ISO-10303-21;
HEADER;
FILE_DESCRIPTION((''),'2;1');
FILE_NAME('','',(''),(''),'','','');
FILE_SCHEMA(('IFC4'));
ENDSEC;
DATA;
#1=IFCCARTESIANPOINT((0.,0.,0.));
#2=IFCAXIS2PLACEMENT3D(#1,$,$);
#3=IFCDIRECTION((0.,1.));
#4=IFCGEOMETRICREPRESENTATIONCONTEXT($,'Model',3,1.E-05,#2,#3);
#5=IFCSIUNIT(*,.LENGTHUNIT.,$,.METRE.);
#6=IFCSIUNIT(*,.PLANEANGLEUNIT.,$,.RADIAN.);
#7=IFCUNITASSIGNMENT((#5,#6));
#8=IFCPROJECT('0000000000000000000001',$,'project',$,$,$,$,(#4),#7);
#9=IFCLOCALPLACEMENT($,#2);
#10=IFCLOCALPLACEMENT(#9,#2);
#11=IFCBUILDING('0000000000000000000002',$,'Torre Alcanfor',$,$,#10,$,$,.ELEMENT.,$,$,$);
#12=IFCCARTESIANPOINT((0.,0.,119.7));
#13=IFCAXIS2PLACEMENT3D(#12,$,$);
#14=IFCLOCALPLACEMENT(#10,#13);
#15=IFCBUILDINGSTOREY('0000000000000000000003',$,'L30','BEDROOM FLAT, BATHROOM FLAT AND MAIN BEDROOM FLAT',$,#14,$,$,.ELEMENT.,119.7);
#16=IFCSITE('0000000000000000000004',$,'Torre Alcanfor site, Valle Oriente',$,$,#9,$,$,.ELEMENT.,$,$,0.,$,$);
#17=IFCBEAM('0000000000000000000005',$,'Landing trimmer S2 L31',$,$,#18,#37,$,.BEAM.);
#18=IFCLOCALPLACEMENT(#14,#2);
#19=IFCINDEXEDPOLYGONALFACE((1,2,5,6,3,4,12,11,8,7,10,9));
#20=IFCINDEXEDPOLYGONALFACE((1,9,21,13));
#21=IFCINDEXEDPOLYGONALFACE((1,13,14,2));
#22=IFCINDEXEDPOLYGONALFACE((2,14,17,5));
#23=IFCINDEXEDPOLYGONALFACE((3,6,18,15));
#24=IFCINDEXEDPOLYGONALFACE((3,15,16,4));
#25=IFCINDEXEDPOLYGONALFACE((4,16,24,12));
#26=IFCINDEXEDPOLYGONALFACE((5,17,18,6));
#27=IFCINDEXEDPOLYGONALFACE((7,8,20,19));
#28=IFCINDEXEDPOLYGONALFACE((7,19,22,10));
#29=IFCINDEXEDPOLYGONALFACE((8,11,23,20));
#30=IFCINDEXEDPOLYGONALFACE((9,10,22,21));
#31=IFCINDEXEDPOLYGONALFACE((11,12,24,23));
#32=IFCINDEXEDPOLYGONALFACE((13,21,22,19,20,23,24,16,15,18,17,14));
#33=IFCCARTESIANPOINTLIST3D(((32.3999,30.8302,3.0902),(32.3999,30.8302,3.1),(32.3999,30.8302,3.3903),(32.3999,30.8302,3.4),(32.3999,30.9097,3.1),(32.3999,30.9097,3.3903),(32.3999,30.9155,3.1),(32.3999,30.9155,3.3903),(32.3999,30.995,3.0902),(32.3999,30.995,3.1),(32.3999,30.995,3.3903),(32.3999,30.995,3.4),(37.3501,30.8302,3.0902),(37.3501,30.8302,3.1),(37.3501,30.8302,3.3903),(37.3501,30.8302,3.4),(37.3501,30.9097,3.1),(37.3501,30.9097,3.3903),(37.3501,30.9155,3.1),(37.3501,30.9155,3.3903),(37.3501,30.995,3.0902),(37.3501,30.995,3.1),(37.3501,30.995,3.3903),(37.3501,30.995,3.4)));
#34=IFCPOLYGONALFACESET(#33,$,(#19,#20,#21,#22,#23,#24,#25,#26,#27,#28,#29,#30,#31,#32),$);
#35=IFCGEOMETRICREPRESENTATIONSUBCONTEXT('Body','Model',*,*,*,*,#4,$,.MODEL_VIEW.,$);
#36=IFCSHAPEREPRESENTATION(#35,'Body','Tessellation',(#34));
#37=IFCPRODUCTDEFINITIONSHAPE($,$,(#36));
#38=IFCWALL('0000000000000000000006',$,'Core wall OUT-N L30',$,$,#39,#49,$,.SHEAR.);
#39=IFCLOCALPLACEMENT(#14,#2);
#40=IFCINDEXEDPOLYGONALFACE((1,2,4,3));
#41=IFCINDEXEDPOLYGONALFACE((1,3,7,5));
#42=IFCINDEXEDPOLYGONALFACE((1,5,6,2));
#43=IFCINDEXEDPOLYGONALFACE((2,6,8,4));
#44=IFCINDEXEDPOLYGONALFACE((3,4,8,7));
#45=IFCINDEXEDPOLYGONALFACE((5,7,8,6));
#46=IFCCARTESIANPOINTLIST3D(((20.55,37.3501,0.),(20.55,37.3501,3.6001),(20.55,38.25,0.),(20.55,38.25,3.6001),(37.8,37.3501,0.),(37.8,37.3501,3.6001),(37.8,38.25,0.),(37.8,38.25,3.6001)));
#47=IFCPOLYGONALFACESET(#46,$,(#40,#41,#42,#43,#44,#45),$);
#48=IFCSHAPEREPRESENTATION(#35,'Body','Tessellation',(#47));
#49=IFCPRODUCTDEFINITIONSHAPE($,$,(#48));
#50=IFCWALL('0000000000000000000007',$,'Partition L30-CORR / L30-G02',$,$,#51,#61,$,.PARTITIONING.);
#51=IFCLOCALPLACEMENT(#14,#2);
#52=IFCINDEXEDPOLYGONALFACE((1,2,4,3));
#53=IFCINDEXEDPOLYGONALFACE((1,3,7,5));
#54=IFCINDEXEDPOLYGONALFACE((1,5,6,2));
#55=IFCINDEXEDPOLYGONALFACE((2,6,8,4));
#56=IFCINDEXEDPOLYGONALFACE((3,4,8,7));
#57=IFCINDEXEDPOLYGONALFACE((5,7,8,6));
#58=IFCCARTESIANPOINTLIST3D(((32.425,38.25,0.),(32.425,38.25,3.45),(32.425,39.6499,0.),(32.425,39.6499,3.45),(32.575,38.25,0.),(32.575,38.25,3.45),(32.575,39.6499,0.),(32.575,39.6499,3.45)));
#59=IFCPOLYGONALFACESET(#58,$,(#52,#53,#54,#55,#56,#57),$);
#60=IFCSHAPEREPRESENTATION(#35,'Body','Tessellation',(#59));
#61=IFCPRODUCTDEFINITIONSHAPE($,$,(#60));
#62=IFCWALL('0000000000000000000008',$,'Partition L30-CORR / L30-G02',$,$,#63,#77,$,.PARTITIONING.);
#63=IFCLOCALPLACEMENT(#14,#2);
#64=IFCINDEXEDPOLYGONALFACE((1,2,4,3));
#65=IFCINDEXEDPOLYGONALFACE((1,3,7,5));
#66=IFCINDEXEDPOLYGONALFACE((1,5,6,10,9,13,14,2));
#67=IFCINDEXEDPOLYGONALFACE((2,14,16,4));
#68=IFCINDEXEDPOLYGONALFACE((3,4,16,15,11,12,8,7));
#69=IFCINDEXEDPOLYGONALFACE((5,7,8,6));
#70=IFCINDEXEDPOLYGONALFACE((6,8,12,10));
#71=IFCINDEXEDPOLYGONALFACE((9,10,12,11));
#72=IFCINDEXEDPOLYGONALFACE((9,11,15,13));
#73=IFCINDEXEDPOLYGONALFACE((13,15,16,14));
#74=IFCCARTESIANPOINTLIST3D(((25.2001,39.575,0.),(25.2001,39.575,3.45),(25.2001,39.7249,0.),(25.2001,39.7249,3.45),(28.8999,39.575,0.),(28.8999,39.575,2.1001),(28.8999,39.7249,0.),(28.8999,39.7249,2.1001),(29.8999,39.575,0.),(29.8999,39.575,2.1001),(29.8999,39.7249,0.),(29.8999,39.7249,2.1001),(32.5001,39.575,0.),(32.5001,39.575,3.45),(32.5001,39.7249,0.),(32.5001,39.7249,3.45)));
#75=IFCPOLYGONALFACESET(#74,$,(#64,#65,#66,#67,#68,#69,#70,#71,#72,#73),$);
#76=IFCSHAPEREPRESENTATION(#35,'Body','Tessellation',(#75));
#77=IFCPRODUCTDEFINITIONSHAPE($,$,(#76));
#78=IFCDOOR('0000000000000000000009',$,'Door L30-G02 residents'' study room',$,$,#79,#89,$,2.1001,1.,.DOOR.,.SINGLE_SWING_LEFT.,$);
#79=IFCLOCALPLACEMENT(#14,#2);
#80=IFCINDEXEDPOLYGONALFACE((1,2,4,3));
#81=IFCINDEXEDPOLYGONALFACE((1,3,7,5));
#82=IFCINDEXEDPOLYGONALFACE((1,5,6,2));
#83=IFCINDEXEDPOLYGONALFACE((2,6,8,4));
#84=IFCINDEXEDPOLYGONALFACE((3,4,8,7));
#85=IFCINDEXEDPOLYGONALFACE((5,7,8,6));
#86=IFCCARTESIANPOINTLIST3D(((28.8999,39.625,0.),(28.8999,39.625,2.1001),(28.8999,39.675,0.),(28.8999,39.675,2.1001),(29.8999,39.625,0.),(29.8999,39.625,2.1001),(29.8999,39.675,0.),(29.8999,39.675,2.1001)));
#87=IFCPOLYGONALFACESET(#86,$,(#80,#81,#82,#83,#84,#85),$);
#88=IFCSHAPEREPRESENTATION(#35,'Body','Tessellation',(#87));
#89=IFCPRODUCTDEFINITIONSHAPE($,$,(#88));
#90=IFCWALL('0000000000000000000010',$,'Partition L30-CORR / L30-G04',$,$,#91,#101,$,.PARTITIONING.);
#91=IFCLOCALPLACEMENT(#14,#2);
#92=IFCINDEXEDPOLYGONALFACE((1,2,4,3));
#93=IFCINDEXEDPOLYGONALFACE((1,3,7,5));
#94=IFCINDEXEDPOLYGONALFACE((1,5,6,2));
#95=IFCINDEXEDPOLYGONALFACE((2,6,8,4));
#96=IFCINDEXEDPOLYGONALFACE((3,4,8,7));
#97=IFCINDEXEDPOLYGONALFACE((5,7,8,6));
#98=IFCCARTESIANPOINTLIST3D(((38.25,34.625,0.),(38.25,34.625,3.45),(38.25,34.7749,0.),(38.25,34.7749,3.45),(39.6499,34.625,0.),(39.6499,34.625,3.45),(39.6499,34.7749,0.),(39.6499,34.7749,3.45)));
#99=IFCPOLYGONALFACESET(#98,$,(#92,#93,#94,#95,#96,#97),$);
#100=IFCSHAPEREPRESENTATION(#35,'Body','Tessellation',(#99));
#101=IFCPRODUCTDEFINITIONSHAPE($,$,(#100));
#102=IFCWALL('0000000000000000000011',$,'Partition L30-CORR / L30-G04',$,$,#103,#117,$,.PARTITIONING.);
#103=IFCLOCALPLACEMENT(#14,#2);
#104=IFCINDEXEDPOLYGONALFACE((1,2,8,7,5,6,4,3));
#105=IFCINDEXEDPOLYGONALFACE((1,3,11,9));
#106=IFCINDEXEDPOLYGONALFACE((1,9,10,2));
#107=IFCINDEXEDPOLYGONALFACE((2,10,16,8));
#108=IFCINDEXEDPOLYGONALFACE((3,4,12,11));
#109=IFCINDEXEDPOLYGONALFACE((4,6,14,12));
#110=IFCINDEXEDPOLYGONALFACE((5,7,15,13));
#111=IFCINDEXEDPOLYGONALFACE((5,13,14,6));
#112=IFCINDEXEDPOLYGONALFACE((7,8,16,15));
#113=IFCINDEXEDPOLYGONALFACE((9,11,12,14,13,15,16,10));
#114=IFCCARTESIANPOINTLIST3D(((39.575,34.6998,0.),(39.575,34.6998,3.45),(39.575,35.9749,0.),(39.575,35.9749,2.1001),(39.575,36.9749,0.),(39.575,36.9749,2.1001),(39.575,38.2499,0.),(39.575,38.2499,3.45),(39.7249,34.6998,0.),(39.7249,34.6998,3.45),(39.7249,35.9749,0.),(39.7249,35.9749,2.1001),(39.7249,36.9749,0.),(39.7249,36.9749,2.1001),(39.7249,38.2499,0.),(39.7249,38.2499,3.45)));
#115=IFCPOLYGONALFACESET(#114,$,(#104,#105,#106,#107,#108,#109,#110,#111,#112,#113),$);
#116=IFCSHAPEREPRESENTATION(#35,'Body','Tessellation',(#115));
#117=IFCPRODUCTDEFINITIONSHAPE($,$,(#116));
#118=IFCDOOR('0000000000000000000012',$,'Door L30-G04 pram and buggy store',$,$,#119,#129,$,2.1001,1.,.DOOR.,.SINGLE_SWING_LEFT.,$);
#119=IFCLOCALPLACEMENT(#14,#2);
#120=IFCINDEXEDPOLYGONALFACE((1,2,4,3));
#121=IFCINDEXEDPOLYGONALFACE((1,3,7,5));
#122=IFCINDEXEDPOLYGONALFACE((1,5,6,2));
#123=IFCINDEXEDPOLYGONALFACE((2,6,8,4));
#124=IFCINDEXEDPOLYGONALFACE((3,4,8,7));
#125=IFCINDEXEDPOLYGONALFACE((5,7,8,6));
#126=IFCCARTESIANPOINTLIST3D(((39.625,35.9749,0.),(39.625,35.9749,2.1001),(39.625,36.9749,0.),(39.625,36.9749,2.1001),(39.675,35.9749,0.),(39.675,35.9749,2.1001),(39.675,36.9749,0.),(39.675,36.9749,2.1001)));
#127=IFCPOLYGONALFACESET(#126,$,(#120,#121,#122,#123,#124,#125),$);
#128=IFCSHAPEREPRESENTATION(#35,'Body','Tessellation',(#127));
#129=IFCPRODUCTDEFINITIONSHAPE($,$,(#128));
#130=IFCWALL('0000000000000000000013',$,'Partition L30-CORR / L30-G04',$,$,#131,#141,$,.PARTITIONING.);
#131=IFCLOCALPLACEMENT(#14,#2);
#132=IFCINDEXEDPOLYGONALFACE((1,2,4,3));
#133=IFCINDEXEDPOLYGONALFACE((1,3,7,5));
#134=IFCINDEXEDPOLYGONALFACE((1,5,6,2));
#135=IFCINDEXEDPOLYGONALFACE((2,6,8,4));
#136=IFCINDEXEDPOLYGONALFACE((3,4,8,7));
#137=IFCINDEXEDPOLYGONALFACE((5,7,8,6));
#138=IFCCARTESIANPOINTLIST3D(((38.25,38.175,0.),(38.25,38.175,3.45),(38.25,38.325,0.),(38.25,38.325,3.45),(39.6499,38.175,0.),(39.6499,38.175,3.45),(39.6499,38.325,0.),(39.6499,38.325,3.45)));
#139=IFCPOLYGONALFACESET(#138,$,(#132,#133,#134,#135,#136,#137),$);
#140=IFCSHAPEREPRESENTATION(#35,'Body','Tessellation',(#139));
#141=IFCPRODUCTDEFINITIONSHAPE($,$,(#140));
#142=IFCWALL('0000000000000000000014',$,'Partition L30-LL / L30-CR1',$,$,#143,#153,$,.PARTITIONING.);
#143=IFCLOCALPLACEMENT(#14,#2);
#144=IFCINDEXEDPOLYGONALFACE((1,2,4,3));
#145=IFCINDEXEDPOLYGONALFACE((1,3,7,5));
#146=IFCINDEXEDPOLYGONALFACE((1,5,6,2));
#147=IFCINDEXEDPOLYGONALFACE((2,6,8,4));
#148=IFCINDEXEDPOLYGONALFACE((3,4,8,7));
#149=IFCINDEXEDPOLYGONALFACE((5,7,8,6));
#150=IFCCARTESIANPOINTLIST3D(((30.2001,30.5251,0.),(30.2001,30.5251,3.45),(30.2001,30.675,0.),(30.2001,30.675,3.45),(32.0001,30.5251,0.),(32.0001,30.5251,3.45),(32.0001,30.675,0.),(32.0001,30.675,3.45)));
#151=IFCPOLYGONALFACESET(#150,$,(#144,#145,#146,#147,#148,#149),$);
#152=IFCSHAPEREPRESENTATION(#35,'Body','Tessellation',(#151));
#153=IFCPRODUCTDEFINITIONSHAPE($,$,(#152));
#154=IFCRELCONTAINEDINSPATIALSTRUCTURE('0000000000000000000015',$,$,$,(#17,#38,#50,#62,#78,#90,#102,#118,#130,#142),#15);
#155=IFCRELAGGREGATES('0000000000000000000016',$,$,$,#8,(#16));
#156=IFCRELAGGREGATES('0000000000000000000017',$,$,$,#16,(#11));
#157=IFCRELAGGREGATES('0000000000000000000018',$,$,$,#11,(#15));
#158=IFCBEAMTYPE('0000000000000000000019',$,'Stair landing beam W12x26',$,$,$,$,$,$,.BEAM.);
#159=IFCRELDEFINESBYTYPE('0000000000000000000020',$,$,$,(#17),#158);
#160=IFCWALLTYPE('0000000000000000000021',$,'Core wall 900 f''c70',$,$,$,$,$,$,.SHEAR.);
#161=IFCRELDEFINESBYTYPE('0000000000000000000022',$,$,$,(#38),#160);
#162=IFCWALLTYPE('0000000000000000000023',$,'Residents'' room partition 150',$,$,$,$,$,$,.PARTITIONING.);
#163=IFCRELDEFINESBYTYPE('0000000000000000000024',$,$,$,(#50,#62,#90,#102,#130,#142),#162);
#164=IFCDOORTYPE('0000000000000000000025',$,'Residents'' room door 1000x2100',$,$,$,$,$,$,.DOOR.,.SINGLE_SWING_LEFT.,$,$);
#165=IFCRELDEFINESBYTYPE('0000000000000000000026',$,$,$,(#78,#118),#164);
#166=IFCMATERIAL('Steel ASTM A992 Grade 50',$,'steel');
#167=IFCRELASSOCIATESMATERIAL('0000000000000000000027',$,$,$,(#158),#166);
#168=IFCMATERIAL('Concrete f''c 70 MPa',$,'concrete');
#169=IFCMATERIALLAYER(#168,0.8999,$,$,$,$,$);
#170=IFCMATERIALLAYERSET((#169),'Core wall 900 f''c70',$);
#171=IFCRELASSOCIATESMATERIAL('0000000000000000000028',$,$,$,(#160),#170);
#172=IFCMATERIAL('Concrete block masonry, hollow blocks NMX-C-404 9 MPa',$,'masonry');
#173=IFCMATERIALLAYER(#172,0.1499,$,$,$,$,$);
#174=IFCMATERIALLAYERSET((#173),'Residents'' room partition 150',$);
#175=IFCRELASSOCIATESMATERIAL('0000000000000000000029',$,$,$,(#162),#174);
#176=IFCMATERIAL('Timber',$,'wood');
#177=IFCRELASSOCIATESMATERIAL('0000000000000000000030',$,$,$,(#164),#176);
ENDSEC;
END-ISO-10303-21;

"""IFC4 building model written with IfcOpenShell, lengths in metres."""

from ifc_helpers import new_model, si_unit, direction, frame, frame_2d, origin, origin_2d, place, context, subcontext, project, spatial, rectangle, i_section, extrude, material, layer, layer_set, material_profile, profile_set, type_object, element, fill, save


model = new_model("IFC4")

# Units and contexts
model_context = context("Model", 3, precision=1e-05, world=origin(), true_north=direction((0.0, 1.0)))
body_context = subcontext(model_context, "Body", "Model", "MODEL_VIEW")
ifc_project = project(units=[si_unit("LENGTHUNIT", "METRE"), si_unit("PLANEANGLEUNIT", "RADIAN")], contexts=[model_context])

# Site, building, storey
site_placement = place(None, origin())
site = spatial("IfcSite", under=ifc_project, at=site_placement, Name="Torre Alcanfor site, Valle Oriente", CompositionType="ELEMENT", RefElevation=0.0)
building_placement = place(site_placement, origin())
building = spatial("IfcBuilding", under=site, at=building_placement, Name="Torre Alcanfor", CompositionType="ELEMENT")
storey_placement = place(building_placement, frame((0.0, 0.0, 119.7)))
storey = spatial("IfcBuildingStorey", under=building, at=storey_placement, Name="L30", Description="BEDROOM FLAT, BATHROOM FLAT AND MAIN BEDROOM FLAT", CompositionType="ELEMENT", Elevation=119.7)

# Beam
ifc_material_1 = material(Name="Steel ASTM A992 Grade 50", Category="steel")
ifc_material_profile_1 = material_profile(ifc_material_1, i_section(OverallWidth=0.1648, OverallDepth=0.3098, WebThickness=0.0059, FlangeThickness=0.0098, at=origin_2d()), Name="W12x26")
ifc_profile_set_1 = profile_set([ifc_material_profile_1], Name="Steel ASTM A992 Grade 50")
beam_type_1 = type_object("IfcBeamType", Name="Stair landing beam W12x26", PredefinedType="BEAM", material=ifc_profile_set_1)
beam_1_placement = place(storey_placement, frame((32.3999, 30.9126, 3.2451), z_axis=(1.0, 0.0, 0.0), x_axis=(0.0, 1.0, 0.0)))
element("IfcBeam", 1, at=beam_1_placement, inside=storey, type_object=beam_type_1, Name="Landing trimmer S2 L31", PredefinedType="BEAM", context=body_context, shape_type="SweptSolid", body=[
    extrude(i_section(OverallWidth=0.1648, OverallDepth=0.3098, WebThickness=0.0059, FlangeThickness=0.0098, at=origin_2d()), origin(), (0.0, 0.0, 1.0), 4.9502),
])

# Walls
ifc_material_2 = material(Name="Concrete f'c 70 MPa", Category="concrete")
ifc_layer_1 = layer(ifc_material_2, 0.8999)
ifc_layer_set_1 = layer_set([ifc_layer_1], Name="Core wall 900 f'c70")
wall_type_1 = type_object("IfcWallType", Name="Core wall 900 f'c70", PredefinedType="SHEAR", material=ifc_layer_set_1)
wall_1_placement = place(storey_placement, frame((37.8, 37.8, 0.0), z_axis=(0.0, 0.0, 1.0), x_axis=(-1.0, 0.0, 0.0)))
element("IfcWall", 2, at=wall_1_placement, inside=storey, type_object=wall_type_1, Name="Core wall OUT-N L30", PredefinedType="SHEAR", context=body_context, shape_type="SweptSolid", body=[
    extrude(rectangle(XDim=17.25, YDim=0.8999, at=frame_2d((8.625, 0.0))), origin(), (0.0, 0.0, 1.0), 3.6001),
])
ifc_material_3 = material(Name="Concrete block masonry, hollow blocks NMX-C-404 9 MPa", Category="masonry")
ifc_layer_2 = layer(ifc_material_3, 0.1499)
ifc_layer_set_2 = layer_set([ifc_layer_2], Name="Residents' room partition 150")
wall_type_2 = type_object("IfcWallType", Name="Residents' room partition 150", PredefinedType="PARTITIONING", material=ifc_layer_set_2)
wall_2_placement = place(storey_placement, frame((32.5, 38.25, 0.0), z_axis=(0.0, 0.0, 1.0), x_axis=(0.0, 1.0, 0.0)))
element("IfcWall", 3, at=wall_2_placement, inside=storey, type_object=wall_type_2, Name="Partition L30-CORR / L30-G02", PredefinedType="PARTITIONING", context=body_context, shape_type="SweptSolid", body=[
    extrude(rectangle(XDim=1.3999, YDim=0.1499, at=frame_2d((0.7, 0.0))), origin(), (0.0, 0.0, 1.0), 3.45),
])

# Wall, opening, door
wall_3_placement = place(storey_placement, frame((32.5, 39.6499, 0.0), z_axis=(0.0, 0.0, 1.0), x_axis=(-1.0, 0.0, 0.0)))
wall_3 = element("IfcWall", 4, at=wall_3_placement, inside=storey, type_object=wall_type_2, Name="Partition L30-CORR / L30-G02", PredefinedType="PARTITIONING", context=body_context, shape_type="SweptSolid", body=[
    extrude(rectangle(XDim=7.3, YDim=0.1499, at=frame_2d((3.6499, 0.0))), origin(), (0.0, 0.0, 1.0), 3.45),
])
opening_1_placement = place(wall_3_placement, frame((2.6001, 0.0, 0.0)))
opening_1 = element("IfcOpeningElement", 5, at=opening_1_placement, cuts=wall_3, PredefinedType="OPENING", context=body_context, shape_type="SweptSolid", body=[
    extrude(rectangle(XDim=1.0, YDim=2.1001, at=frame_2d((0.5, 1.05))), frame((0.0, 0.085, 0.0), z_axis=(0.0, -1.0, 0.0), x_axis=(1.0, 0.0, 0.0)), (0.0, 0.0, 1.0), 0.1699),
])
ifc_material_4 = material(Name="Timber", Category="wood")
door_type = type_object("IfcDoorType", Name="Residents' room door 1000x2100", OperationType="SINGLE_SWING_LEFT", PredefinedType="DOOR", material=ifc_material_4)
door_1_placement = place(opening_1_placement, origin())
door_1 = element("IfcDoor", 6, at=door_1_placement, inside=storey, type_object=door_type, Name="Door L30-G02 residents' study room", OperationType="SINGLE_SWING_LEFT", OverallHeight=2.1001, OverallWidth=1.0, PredefinedType="DOOR", context=body_context, shape_type="SweptSolid", body=[
    extrude(rectangle(XDim=1.0, YDim=2.1001, at=frame_2d((0.5, 1.05))), frame((0.0, 0.0249, 0.0), z_axis=(0.0, -1.0, 0.0), x_axis=(1.0, 0.0, 0.0)), (0.0, 0.0, 1.0), 0.05),
])
fill(opening_1, door_1)

# Wall
wall_4_placement = place(storey_placement, frame((38.25, 34.7, 0.0), z_axis=(0.0, 0.0, 1.0), x_axis=(1.0, 0.0, 0.0)))
element("IfcWall", 7, at=wall_4_placement, inside=storey, type_object=wall_type_2, Name="Partition L30-CORR / L30-G04", PredefinedType="PARTITIONING", context=body_context, shape_type="SweptSolid", body=[
    extrude(rectangle(XDim=1.3999, YDim=0.1499, at=frame_2d((0.7, 0.0))), origin(), (0.0, 0.0, 1.0), 3.45),
])

# Wall, opening, door
wall_5_placement = place(storey_placement, frame((39.6499, 34.7, 0.0), z_axis=(0.0, 0.0, 1.0), x_axis=(0.0, 1.0, 0.0)))
wall_5 = element("IfcWall", 8, at=wall_5_placement, inside=storey, type_object=wall_type_2, Name="Partition L30-CORR / L30-G04", PredefinedType="PARTITIONING", context=body_context, shape_type="SweptSolid", body=[
    extrude(rectangle(XDim=3.55, YDim=0.1499, at=frame_2d((1.7749, 0.0))), origin(), (0.0, 0.0, 1.0), 3.45),
])
opening_2_placement = place(wall_5_placement, frame((1.2749, 0.0, 0.0)))
opening_2 = element("IfcOpeningElement", 9, at=opening_2_placement, cuts=wall_5, PredefinedType="OPENING", context=body_context, shape_type="SweptSolid", body=[
    extrude(rectangle(XDim=1.0, YDim=2.1001, at=frame_2d((0.5, 1.05))), frame((0.0, 0.085, 0.0), z_axis=(0.0, -1.0, 0.0), x_axis=(1.0, 0.0, 0.0)), (0.0, 0.0, 1.0), 0.1699),
])
door_2_placement = place(opening_2_placement, origin())
door_2 = element("IfcDoor", 10, at=door_2_placement, inside=storey, type_object=door_type, Name="Door L30-G04 pram and buggy store", OperationType="SINGLE_SWING_LEFT", OverallHeight=2.1001, OverallWidth=1.0, PredefinedType="DOOR", context=body_context, shape_type="SweptSolid", body=[
    extrude(rectangle(XDim=1.0, YDim=2.1001, at=frame_2d((0.5, 1.05))), frame((0.0, 0.0249, 0.0), z_axis=(0.0, -1.0, 0.0), x_axis=(1.0, 0.0, 0.0)), (0.0, 0.0, 1.0), 0.05),
])
fill(opening_2, door_2)

# Walls
wall_6_placement = place(storey_placement, frame((39.6499, 38.25, 0.0), z_axis=(0.0, 0.0, 1.0), x_axis=(-1.0, 0.0, 0.0)))
element("IfcWall", 11, at=wall_6_placement, inside=storey, type_object=wall_type_2, Name="Partition L30-CORR / L30-G04", PredefinedType="PARTITIONING", context=body_context, shape_type="SweptSolid", body=[
    extrude(rectangle(XDim=1.3999, YDim=0.1499, at=frame_2d((0.7, 0.0))), origin(), (0.0, 0.0, 1.0), 3.45),
])
wall_7_placement = place(storey_placement, frame((32.0, 30.6001, 0.0), z_axis=(0.0, 0.0, 1.0), x_axis=(-1.0, 0.0, 0.0)))
element("IfcWall", 12, at=wall_7_placement, inside=storey, type_object=wall_type_2, Name="Partition L30-LL / L30-CR1", PredefinedType="PARTITIONING", context=body_context, shape_type="SweptSolid", body=[
    extrude(rectangle(XDim=1.8, YDim=0.1499, at=frame_2d((0.8999, 0.0))), origin(), (0.0, 0.0, 1.0), 3.45),
])

save(model, "model.ifc")
